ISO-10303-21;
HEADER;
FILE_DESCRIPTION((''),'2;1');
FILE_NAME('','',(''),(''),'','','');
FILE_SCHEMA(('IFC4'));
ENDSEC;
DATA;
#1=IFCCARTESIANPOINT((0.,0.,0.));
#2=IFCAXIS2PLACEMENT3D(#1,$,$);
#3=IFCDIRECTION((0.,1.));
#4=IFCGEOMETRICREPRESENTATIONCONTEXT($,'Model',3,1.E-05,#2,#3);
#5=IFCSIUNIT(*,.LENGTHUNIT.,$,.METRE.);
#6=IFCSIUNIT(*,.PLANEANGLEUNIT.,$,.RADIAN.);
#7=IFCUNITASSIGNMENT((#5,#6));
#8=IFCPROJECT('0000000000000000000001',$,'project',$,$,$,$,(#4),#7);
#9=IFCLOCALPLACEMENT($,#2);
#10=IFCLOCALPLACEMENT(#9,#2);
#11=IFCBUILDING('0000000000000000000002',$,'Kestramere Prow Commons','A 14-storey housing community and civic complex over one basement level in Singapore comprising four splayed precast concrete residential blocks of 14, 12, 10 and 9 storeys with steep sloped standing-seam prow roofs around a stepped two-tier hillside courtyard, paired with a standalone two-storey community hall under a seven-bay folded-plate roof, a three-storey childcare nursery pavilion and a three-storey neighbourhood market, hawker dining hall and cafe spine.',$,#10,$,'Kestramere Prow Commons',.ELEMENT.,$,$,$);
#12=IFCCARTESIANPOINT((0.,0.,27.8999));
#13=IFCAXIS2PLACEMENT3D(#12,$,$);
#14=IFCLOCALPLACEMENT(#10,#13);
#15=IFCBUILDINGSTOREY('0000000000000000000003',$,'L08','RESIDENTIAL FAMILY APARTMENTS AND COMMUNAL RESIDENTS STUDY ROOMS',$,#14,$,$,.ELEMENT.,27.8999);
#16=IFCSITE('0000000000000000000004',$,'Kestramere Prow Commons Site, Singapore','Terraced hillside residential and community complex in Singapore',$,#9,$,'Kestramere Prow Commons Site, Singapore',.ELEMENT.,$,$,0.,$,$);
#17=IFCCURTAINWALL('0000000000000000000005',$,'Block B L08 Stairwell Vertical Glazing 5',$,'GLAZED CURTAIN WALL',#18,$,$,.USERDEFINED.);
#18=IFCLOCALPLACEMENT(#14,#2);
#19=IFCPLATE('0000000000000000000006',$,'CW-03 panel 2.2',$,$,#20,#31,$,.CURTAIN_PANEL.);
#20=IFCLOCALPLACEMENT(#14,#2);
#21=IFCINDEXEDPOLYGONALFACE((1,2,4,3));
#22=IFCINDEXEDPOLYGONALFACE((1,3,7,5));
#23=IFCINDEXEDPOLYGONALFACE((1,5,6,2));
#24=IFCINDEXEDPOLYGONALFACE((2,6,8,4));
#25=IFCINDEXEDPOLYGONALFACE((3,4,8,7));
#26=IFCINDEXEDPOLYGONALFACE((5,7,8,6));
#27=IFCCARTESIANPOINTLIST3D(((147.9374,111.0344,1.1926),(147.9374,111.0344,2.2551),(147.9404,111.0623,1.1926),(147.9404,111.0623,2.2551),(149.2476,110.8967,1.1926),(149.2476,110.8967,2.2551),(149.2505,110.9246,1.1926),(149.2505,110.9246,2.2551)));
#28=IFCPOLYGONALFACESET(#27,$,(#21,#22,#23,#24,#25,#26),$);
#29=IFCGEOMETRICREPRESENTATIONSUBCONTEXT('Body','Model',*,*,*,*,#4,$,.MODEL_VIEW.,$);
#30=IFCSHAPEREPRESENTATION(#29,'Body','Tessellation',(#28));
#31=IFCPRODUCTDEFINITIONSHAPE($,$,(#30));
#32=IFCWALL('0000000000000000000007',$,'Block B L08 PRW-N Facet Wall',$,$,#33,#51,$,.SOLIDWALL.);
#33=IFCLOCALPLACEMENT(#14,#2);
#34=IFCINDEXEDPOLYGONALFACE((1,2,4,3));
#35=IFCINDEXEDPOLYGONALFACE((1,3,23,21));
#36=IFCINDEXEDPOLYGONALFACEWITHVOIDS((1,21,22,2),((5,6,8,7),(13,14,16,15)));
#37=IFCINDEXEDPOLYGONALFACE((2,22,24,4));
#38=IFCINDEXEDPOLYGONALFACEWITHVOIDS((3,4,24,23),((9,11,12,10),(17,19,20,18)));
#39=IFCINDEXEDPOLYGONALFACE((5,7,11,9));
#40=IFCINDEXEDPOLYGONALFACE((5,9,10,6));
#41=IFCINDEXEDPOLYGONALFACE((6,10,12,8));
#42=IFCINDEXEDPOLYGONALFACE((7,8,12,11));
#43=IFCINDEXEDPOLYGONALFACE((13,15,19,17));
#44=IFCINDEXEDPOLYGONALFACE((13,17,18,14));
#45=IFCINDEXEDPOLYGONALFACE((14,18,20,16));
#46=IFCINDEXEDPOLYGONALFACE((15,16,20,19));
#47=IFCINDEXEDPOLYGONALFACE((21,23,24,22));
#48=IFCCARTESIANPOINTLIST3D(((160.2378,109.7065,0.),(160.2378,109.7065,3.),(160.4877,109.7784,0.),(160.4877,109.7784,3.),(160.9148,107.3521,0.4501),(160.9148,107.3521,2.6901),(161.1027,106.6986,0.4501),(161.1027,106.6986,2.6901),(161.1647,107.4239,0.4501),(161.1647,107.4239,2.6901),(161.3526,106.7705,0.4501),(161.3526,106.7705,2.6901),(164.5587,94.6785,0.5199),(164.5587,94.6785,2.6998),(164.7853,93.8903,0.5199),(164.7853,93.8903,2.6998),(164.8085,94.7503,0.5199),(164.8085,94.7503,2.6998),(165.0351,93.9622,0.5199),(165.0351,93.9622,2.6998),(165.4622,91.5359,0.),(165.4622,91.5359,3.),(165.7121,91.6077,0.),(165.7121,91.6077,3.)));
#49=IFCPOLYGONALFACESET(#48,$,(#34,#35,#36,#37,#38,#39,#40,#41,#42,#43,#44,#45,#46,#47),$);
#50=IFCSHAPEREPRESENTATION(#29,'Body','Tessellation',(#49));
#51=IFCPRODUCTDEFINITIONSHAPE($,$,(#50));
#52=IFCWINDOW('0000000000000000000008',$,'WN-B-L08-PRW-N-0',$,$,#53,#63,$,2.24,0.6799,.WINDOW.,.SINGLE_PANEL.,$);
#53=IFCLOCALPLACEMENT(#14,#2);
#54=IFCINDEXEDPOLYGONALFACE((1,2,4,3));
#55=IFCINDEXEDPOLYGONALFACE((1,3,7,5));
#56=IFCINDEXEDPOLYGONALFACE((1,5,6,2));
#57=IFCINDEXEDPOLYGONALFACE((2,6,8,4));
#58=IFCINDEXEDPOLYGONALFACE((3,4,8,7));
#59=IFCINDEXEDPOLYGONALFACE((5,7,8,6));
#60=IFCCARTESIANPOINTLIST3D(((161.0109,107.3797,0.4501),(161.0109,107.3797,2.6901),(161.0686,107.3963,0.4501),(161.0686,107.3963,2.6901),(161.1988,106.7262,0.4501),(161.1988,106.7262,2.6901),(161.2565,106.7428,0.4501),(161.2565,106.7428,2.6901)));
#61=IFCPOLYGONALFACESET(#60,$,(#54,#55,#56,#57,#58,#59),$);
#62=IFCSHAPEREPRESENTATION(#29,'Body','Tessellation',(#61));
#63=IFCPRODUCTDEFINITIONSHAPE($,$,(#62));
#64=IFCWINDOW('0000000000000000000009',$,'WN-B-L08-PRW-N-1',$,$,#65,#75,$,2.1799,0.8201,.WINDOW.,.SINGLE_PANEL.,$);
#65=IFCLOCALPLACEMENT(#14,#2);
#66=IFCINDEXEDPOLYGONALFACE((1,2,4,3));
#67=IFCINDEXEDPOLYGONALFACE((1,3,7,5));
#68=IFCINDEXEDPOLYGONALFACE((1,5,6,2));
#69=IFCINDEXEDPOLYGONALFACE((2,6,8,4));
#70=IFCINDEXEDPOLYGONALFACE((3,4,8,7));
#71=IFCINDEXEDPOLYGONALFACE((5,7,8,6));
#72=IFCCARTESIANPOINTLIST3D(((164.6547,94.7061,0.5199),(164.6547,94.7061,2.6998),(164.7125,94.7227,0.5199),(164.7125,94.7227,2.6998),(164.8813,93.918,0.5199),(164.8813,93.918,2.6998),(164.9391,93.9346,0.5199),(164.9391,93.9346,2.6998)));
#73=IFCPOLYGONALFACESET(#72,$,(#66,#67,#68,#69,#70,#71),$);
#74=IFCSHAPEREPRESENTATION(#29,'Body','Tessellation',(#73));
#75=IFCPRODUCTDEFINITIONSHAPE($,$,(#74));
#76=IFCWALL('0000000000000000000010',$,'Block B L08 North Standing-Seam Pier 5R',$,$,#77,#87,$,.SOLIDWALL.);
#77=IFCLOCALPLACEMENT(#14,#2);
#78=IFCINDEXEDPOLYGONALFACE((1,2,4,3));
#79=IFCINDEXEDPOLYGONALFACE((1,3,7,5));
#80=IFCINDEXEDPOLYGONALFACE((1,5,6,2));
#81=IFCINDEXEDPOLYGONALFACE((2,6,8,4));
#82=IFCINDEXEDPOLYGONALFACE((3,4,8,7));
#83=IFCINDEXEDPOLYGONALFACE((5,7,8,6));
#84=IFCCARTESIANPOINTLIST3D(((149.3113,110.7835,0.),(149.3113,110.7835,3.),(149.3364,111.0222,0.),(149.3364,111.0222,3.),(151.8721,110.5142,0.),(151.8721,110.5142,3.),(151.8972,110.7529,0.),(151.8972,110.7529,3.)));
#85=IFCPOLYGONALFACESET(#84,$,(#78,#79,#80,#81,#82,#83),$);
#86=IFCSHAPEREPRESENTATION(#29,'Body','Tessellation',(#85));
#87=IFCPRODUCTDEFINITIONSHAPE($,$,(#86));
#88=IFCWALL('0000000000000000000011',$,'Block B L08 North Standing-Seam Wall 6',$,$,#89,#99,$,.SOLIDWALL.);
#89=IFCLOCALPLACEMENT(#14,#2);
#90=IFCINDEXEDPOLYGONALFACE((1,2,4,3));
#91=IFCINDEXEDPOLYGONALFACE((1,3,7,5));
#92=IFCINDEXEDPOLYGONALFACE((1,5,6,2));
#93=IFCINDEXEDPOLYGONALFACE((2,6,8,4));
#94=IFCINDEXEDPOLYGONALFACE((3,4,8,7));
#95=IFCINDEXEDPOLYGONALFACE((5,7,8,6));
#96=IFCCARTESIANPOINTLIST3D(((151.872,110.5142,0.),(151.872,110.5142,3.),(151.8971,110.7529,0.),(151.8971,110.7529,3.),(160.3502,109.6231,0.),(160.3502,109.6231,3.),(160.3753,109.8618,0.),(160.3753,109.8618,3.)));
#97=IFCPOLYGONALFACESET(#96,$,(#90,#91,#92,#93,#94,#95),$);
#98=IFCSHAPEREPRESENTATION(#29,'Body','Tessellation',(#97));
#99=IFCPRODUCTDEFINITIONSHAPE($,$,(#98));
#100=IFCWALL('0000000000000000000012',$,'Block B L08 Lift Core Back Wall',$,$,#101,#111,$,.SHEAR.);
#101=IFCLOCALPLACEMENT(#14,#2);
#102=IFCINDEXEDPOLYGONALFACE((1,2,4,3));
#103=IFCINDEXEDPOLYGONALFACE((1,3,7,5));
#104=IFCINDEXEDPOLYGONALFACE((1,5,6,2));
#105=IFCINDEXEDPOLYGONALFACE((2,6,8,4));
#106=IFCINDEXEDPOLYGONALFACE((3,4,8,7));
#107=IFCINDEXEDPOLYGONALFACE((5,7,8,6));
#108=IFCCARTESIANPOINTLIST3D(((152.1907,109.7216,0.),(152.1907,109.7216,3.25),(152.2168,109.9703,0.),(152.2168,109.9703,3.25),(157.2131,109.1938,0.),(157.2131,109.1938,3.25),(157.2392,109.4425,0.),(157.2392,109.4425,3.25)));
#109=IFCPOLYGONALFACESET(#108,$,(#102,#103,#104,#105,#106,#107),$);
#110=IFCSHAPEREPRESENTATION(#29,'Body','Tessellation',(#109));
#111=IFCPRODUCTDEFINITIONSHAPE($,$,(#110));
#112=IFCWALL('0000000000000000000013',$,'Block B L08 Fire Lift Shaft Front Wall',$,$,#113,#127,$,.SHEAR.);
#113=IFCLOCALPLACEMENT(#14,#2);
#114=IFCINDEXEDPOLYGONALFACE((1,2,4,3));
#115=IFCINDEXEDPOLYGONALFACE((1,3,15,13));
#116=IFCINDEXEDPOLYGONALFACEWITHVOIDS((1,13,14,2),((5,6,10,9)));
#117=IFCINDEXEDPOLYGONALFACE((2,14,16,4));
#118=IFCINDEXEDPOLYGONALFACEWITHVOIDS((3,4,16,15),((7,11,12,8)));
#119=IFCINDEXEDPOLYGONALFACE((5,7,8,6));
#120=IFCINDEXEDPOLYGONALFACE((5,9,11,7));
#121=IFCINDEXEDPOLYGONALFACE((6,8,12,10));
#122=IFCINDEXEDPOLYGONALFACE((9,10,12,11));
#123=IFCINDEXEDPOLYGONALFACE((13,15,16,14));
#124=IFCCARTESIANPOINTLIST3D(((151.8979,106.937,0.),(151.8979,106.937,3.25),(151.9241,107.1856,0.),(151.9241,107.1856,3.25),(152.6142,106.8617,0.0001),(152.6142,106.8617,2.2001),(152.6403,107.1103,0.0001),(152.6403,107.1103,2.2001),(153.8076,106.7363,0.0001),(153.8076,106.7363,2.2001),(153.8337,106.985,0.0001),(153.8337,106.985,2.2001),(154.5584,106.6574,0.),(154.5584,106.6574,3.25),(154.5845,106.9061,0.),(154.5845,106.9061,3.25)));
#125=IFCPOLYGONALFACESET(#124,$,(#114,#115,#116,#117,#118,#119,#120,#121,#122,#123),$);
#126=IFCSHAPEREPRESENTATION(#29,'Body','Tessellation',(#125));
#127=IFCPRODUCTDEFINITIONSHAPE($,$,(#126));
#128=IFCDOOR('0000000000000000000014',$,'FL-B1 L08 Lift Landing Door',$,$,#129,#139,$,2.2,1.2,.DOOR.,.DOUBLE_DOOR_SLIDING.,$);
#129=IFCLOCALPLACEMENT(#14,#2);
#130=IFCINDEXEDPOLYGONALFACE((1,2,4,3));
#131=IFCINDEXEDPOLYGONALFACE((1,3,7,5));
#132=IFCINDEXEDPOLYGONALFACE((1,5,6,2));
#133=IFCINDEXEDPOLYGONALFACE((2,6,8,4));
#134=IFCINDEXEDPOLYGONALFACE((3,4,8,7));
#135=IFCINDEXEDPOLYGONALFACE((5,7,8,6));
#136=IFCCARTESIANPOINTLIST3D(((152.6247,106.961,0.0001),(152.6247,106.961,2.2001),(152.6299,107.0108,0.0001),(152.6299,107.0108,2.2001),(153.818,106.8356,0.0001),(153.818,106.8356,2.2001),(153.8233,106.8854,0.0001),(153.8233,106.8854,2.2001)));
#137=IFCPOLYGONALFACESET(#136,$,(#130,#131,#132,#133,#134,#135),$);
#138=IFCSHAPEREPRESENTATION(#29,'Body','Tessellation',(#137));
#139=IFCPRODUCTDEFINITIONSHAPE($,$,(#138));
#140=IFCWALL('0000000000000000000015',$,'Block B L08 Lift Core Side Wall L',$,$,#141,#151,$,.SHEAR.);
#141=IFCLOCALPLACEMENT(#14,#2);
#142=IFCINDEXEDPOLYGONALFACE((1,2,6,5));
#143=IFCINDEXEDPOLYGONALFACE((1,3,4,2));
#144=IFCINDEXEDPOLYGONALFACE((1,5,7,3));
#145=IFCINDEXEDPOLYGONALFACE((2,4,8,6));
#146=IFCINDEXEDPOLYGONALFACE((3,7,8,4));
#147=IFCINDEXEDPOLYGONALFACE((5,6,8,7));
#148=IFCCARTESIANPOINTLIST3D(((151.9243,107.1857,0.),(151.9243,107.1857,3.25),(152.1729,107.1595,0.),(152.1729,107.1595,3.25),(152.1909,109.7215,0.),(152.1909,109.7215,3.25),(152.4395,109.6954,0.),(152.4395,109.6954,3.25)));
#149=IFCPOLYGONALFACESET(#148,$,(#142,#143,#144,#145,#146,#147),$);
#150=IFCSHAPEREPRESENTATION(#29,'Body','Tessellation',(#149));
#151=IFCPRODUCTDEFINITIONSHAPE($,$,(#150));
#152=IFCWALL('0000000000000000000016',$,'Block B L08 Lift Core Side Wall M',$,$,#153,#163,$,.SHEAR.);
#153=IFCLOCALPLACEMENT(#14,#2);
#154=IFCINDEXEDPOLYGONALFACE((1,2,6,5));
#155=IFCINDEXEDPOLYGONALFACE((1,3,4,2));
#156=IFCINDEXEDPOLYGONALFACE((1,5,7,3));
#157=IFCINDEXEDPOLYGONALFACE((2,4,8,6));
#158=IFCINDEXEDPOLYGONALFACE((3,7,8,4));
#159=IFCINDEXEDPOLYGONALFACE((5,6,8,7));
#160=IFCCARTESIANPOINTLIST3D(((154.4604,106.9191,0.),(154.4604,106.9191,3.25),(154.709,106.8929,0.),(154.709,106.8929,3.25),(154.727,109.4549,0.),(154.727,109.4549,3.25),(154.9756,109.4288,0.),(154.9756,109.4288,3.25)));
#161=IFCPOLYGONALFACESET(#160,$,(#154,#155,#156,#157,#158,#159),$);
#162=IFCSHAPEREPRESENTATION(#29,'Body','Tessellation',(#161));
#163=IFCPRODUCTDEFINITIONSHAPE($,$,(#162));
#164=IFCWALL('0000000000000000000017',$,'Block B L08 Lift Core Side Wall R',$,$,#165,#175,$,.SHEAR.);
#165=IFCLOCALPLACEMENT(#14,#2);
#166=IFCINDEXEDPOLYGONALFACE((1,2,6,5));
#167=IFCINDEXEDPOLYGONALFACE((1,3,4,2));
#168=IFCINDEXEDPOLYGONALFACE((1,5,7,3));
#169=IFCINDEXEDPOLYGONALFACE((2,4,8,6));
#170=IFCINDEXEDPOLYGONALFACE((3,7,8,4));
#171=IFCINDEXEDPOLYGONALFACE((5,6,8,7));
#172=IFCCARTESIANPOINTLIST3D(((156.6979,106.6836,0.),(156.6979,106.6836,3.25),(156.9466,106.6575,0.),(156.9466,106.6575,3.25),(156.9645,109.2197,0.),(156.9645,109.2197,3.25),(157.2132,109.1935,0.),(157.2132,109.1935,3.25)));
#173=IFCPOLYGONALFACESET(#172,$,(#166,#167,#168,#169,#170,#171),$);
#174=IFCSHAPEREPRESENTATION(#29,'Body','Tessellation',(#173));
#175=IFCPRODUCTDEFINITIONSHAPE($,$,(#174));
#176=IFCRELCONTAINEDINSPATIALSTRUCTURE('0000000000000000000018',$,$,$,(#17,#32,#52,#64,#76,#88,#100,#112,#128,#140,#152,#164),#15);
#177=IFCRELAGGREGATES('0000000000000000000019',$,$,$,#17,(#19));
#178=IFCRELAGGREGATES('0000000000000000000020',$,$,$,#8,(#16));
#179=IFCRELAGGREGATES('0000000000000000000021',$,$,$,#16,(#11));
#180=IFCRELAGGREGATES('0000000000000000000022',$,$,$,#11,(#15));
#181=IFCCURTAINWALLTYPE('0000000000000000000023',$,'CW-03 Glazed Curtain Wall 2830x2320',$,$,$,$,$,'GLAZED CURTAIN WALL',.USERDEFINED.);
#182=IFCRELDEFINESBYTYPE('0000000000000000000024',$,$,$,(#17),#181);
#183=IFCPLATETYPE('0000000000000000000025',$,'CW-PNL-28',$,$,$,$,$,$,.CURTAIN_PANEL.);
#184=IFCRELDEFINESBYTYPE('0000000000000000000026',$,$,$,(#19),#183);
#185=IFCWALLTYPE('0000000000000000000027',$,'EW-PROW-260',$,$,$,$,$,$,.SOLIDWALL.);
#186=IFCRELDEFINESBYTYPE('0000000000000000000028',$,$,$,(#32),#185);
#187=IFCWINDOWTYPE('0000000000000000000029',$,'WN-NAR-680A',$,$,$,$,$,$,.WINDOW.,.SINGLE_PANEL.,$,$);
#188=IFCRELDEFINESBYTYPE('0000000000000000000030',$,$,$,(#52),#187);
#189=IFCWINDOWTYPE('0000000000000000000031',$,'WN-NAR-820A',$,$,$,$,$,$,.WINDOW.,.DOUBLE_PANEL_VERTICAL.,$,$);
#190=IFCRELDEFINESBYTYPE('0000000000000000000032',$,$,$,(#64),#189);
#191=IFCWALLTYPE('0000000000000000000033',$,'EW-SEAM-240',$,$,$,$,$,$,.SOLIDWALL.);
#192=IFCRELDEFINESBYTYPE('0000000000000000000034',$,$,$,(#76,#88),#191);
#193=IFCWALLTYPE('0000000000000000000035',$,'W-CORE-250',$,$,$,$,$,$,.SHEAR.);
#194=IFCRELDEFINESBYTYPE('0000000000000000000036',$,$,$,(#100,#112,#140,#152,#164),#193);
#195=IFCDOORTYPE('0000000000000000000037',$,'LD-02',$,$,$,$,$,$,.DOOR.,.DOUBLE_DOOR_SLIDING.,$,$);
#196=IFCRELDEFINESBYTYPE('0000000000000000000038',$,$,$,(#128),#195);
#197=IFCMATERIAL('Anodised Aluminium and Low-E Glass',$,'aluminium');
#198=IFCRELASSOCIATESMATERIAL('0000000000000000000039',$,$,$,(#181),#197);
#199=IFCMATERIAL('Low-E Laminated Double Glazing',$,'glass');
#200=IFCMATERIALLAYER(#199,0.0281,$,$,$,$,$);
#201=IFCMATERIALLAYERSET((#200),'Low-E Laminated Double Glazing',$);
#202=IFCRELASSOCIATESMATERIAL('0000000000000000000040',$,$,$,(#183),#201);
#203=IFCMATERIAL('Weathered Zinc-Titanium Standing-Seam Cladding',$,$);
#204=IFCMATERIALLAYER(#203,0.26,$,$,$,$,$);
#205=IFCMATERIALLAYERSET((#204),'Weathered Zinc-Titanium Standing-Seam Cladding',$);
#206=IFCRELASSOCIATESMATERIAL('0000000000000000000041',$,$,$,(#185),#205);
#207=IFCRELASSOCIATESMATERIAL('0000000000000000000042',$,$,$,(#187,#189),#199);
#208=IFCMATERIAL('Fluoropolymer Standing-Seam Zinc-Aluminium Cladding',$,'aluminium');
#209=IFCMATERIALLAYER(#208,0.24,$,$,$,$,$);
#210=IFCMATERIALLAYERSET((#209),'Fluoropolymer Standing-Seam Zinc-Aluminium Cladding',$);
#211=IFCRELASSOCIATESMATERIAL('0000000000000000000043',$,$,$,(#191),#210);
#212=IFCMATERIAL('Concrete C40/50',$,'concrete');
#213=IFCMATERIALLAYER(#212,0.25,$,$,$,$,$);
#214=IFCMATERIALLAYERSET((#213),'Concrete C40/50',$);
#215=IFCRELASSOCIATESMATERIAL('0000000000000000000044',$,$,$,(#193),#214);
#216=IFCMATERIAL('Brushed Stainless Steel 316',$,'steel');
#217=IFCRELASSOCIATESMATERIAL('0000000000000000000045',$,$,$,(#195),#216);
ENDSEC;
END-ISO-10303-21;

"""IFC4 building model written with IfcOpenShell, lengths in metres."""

from ifc_helpers import new_model, si_unit, direction, frame, frame_2d, origin, origin_2d, place, context, subcontext, project, spatial, rectangle, extrude, material, layer, layer_set, type_object, element, fill, aggregate, save


model = new_model("IFC4")

# Units and contexts
model_context = context("Model", 3, precision=1e-05, world=origin(), true_north=direction((0.0, 1.0)))
body_context = subcontext(model_context, "Body", "Model", "MODEL_VIEW")
ifc_project = project(units=[si_unit("LENGTHUNIT", "METRE"), si_unit("PLANEANGLEUNIT", "RADIAN")], contexts=[model_context])

# Site, building, storey
site_placement = place(None, origin())
site = spatial("IfcSite", under=ifc_project, at=site_placement, Name="Kestramere Prow Commons Site, Singapore", Description="Terraced hillside residential and community complex in Singapore", LongName="Kestramere Prow Commons Site, Singapore", CompositionType="ELEMENT", RefElevation=0.0)
building_placement = place(site_placement, origin())
building = spatial("IfcBuilding", under=site, at=building_placement, Name="Kestramere Prow Commons", Description="A 14-storey housing community and civic complex over one basement level in Singapore comprising four splayed precast concrete residential blocks of 14, 12, 10 and 9 storeys with steep sloped standing-seam prow roofs around a stepped two-tier hillside courtyard, paired with a standalone two-storey community hall under a seven-bay folded-plate roof, a three-storey childcare nursery pavilion and a three-storey neighbourhood market, hawker dining hall and cafe spine.", LongName="Kestramere Prow Commons", CompositionType="ELEMENT")
storey_placement = place(building_placement, frame((0.0, 0.0, 27.8999)))
storey = spatial("IfcBuildingStorey", under=building, at=storey_placement, Name="L08", Description="RESIDENTIAL FAMILY APARTMENTS AND COMMUNAL RESIDENTS STUDY ROOMS", CompositionType="ELEMENT", Elevation=27.8999)

# Curtain wall
ifc_material_1 = material(Name="Anodised Aluminium and Low-E Glass", Category="aluminium")
curtain_wall_type = type_object("IfcCurtainWallType", Name="CW-03 Glazed Curtain Wall 2830x2320", ElementType="GLAZED CURTAIN WALL", PredefinedType="USERDEFINED", material=ifc_material_1)
curtain_wall_placement = place(storey_placement, origin())
curtain_wall = element("IfcCurtainWall", 1, at=curtain_wall_placement, inside=storey, type_object=curtain_wall_type, Name="Block B L08 Stairwell Vertical Glazing 5", ObjectType="GLAZED CURTAIN WALL", PredefinedType="USERDEFINED")

# Plate
ifc_material_2 = material(Name="Low-E Laminated Double Glazing", Category="glass")
ifc_layer_1 = layer(ifc_material_2, 0.0281)
ifc_layer_set_1 = layer_set([ifc_layer_1], Name="Low-E Laminated Double Glazing")
plate_type = type_object("IfcPlateType", Name="CW-PNL-28", PredefinedType="CURTAIN_PANEL", material=ifc_layer_set_1)
plate_1_placement = place(storey_placement, frame((148.594, 110.9795, 1.1926), z_axis=(0.0, 0.0, 1.0), x_axis=(0.994522, -0.104528, 0.0)))
plate_1 = element("IfcPlate", 2, at=plate_1_placement, type_object=plate_type, Name="CW-03 panel 2.2", PredefinedType="CURTAIN_PANEL", context=body_context, shape_type="SweptSolid", body=[
    extrude(rectangle(XDim=1.3174, YDim=0.0281, at=origin_2d()), origin(), (0.0, 0.0, 1.0), 1.0625),
])
aggregate(curtain_wall, [plate_1])

# Wall, openings, windows
ifc_material_3 = material(Name="Weathered Zinc-Titanium Standing-Seam Cladding")
ifc_layer_2 = layer(ifc_material_3, 0.26)
ifc_layer_set_2 = layer_set([ifc_layer_2], Name="Weathered Zinc-Titanium Standing-Seam Cladding")
wall_type_1 = type_object("IfcWallType", Name="EW-PROW-260", PredefinedType="SOLIDWALL", material=ifc_layer_set_2)
wall_1_placement = place(storey_placement, frame((160.3628, 109.7424, 0.0), z_axis=(0.0, 0.0, 1.0), x_axis=(0.276322, -0.961065, 0.0)))
wall_1 = element("IfcWall", 3, at=wall_1_placement, inside=storey, type_object=wall_type_1, Name="Block B L08 PRW-N Facet Wall", PredefinedType="SOLIDWALL", context=body_context, shape_type="SweptSolid", body=[
    extrude(rectangle(XDim=18.9067, YDim=0.26, at=frame_2d((9.4534, 0.0))), origin(), (0.0, 0.0, 1.0), 3.0),
])
opening_1_placement = place(wall_1_placement, frame((2.45, 0.0, 0.45)))
opening_1 = element("IfcOpeningElement", 4, at=opening_1_placement, cuts=wall_1, PredefinedType="OPENING", context=body_context, shape_type="SweptSolid", body=[
    extrude(rectangle(XDim=0.6799, YDim=2.24, at=frame_2d((0.3398, 1.1201))), frame((0.0, 0.145, 0.0), z_axis=(0.0, -1.0, 0.0), x_axis=(1.0, 0.0, 0.0)), (0.0, 0.0, 1.0), 0.29),
])
opening_2_placement = place(wall_1_placement, frame((15.6367, 0.0, 0.52)))
opening_2 = element("IfcOpeningElement", 5, at=opening_2_placement, cuts=wall_1, PredefinedType="OPENING", context=body_context, shape_type="SweptSolid", body=[
    extrude(rectangle(XDim=0.8201, YDim=2.1799, at=frame_2d((0.4102, 1.0898))), frame((0.0, 0.145, 0.0), z_axis=(0.0, -1.0, 0.0), x_axis=(1.0, 0.0, 0.0)), (0.0, 0.0, 1.0), 0.29),
])
window_type_1 = type_object("IfcWindowType", Name="WN-NAR-680A", PartitioningType="SINGLE_PANEL", PredefinedType="WINDOW", material=ifc_material_2)
window_1_placement = place(opening_1_placement, origin())
window_1 = element("IfcWindow", 6, at=window_1_placement, inside=storey, type_object=window_type_1, Name="WN-B-L08-PRW-N-0", OverallHeight=2.24, OverallWidth=0.6799, PartitioningType="SINGLE_PANEL", PredefinedType="WINDOW", context=body_context, shape_type="SweptSolid", body=[
    extrude(rectangle(XDim=0.6799, YDim=2.24, at=frame_2d((0.3398, 1.1201))), frame((0.0, 0.03, 0.0), z_axis=(0.0, -1.0, 0.0), x_axis=(1.0, 0.0, 0.0)), (0.0, 0.0, 1.0), 0.0601),
])
fill(opening_1, window_1)
window_type_2 = type_object("IfcWindowType", Name="WN-NAR-820A", PartitioningType="DOUBLE_PANEL_VERTICAL", PredefinedType="WINDOW", material=ifc_material_2)
window_2_placement = place(opening_2_placement, origin())
window_2 = element("IfcWindow", 7, at=window_2_placement, inside=storey, type_object=window_type_2, Name="WN-B-L08-PRW-N-1", OverallHeight=2.1799, OverallWidth=0.8201, PartitioningType="SINGLE_PANEL", PredefinedType="WINDOW", context=body_context, shape_type="SweptSolid", body=[
    extrude(rectangle(XDim=0.8201, YDim=2.1799, at=frame_2d((0.4102, 1.0898))), frame((0.0, 0.03, 0.0), z_axis=(0.0, -1.0, 0.0), x_axis=(1.0, 0.0, 0.0)), (0.0, 0.0, 1.0), 0.0601),
])
fill(opening_2, window_2)

# Walls
ifc_material_4 = material(Name="Fluoropolymer Standing-Seam Zinc-Aluminium Cladding", Category="aluminium")
ifc_layer_3 = layer(ifc_material_4, 0.24)
ifc_layer_set_3 = layer_set([ifc_layer_3], Name="Fluoropolymer Standing-Seam Zinc-Aluminium Cladding")
wall_type_2 = type_object("IfcWallType", Name="EW-SEAM-240", PredefinedType="SOLIDWALL", material=ifc_layer_set_3)
wall_2_placement = place(storey_placement, frame((149.3237, 110.9028, 0.0), z_axis=(0.0, 0.0, 1.0), x_axis=(0.994516, -0.104581, 0.0)))
element("IfcWall", 8, at=wall_2_placement, inside=storey, type_object=wall_type_2, Name="Block B L08 North Standing-Seam Pier 5R", PredefinedType="SOLIDWALL", context=body_context, shape_type="SweptSolid", body=[
    extrude(rectangle(XDim=2.575, YDim=0.24, at=frame_2d((1.2876, 0.0))), origin(), (0.0, 0.0, 1.0), 3.0),
])
wall_3_placement = place(storey_placement, frame((151.8845, 110.6335, 0.0), z_axis=(0.0, 0.0, 1.0), x_axis=(0.994522, -0.10453, 0.0)))
element("IfcWall", 9, at=wall_3_placement, inside=storey, type_object=wall_type_2, Name="Block B L08 North Standing-Seam Wall 6", PredefinedType="SOLIDWALL", context=body_context, shape_type="SweptSolid", body=[
    extrude(rectangle(XDim=8.5249, YDim=0.24, at=frame_2d((4.2625, 0.0))), origin(), (0.0, 0.0, 1.0), 3.0),
])
ifc_material_5 = material(Name="Concrete C40/50", Category="concrete")
ifc_layer_4 = layer(ifc_material_5, 0.25)
ifc_layer_set_4 = layer_set([ifc_layer_4], Name="Concrete C40/50")
wall_type_3 = type_object("IfcWallType", Name="W-CORE-250", PredefinedType="SHEAR", material=ifc_layer_set_4)
wall_4_placement = place(storey_placement, frame((152.2039, 109.8459, 0.0), z_axis=(0.0, 0.0, 1.0), x_axis=(0.994523, -0.104519, 0.0)))
element("IfcWall", 10, at=wall_4_placement, inside=storey, type_object=wall_type_3, Name="Block B L08 Lift Core Back Wall", PredefinedType="SHEAR", context=body_context, shape_type="SweptSolid", body=[
    extrude(rectangle(XDim=5.05, YDim=0.25, at=frame_2d((2.5249, 0.0))), origin(), (0.0, 0.0, 1.0), 3.25),
])

# Wall, opening, door
wall_5_placement = place(storey_placement, frame((151.9111, 107.0613, 0.0), z_axis=(0.0, 0.0, 1.0), x_axis=(0.994525, -0.1045, 0.0)))
wall_5 = element("IfcWall", 11, at=wall_5_placement, inside=storey, type_object=wall_type_3, Name="Block B L08 Fire Lift Shaft Front Wall", PredefinedType="SHEAR", context=body_context, shape_type="SweptSolid", body=[
    extrude(rectangle(XDim=2.675, YDim=0.25, at=frame_2d((1.3374, 0.0))), origin(), (0.0, 0.0, 1.0), 3.25),
])
opening_3_placement = place(wall_5_placement, frame((0.72, 0.0, 0.0)))
opening_3 = element("IfcOpeningElement", 12, at=opening_3_placement, cuts=wall_5, PredefinedType="OPENING", context=body_context, shape_type="SweptSolid", body=[
    extrude(rectangle(XDim=1.2, YDim=2.2, at=frame_2d((0.6001, 1.1001))), frame((0.0, 0.1399, 0.0), z_axis=(0.0, -1.0, 0.0), x_axis=(1.0, 0.0, 0.0)), (0.0, 0.0, 1.0), 0.28),
])
ifc_material_6 = material(Name="Brushed Stainless Steel 316", Category="steel")
door_type_1 = type_object("IfcDoorType", Name="LD-02", OperationType="DOUBLE_DOOR_SLIDING", PredefinedType="DOOR", material=ifc_material_6)
door_1_placement = place(opening_3_placement, origin())
door_1 = element("IfcDoor", 13, at=door_1_placement, inside=storey, type_object=door_type_1, Name="FL-B1 L08 Lift Landing Door", OperationType="DOUBLE_DOOR_SLIDING", OverallHeight=2.2, OverallWidth=1.2, PredefinedType="DOOR", context=body_context, shape_type="SweptSolid", body=[
    extrude(rectangle(XDim=1.2, YDim=2.2, at=frame_2d((0.6001, 1.1001))), frame((0.0, 0.0249, 0.0), z_axis=(0.0, -1.0, 0.0), x_axis=(1.0, 0.0, 0.0)), (0.0, 0.0, 1.0), 0.05),
])
fill(opening_3, door_1)

# Walls
for number, where, z_axis, x_axis, name in (
    (14, (152.0486, 107.1726, 0.0), (0.0, 0.0, 1.0), (0.104555, 0.994519, 0.0), "Block B L08 Lift Core Side Wall L"),
    (15, (154.5847, 106.906, 0.0), (0.0, 0.0, 1.0), (0.104555, 0.994519, 0.0), "Block B L08 Lift Core Side Wall M"),
):
    element("IfcWall", number, at=place(storey_placement, frame(where, z_axis=z_axis, x_axis=x_axis)), inside=storey, type_object=wall_type_3, Name=name, PredefinedType="SHEAR", context=body_context, shape_type="SweptSolid", body=[
        extrude(rectangle(XDim=2.5498, YDim=0.25, at=frame_2d((1.2749, 0.0))), origin(), (0.0, 0.0, 1.0), 3.25),
    ])
wall_6_placement = place(storey_placement, frame((156.8223, 106.6707, 0.0), z_axis=(0.0, 0.0, 1.0), x_axis=(0.104545, 0.99452, 0.0)))
element("IfcWall", 16, at=wall_6_placement, inside=storey, type_object=wall_type_3, Name="Block B L08 Lift Core Side Wall R", PredefinedType="SHEAR", context=body_context, shape_type="SweptSolid", body=[
    extrude(rectangle(XDim=2.55, YDim=0.25, at=frame_2d((1.2749, 0.0))), origin(), (0.0, 0.0, 1.0), 3.25),
])

save(model, "model.ifc")
